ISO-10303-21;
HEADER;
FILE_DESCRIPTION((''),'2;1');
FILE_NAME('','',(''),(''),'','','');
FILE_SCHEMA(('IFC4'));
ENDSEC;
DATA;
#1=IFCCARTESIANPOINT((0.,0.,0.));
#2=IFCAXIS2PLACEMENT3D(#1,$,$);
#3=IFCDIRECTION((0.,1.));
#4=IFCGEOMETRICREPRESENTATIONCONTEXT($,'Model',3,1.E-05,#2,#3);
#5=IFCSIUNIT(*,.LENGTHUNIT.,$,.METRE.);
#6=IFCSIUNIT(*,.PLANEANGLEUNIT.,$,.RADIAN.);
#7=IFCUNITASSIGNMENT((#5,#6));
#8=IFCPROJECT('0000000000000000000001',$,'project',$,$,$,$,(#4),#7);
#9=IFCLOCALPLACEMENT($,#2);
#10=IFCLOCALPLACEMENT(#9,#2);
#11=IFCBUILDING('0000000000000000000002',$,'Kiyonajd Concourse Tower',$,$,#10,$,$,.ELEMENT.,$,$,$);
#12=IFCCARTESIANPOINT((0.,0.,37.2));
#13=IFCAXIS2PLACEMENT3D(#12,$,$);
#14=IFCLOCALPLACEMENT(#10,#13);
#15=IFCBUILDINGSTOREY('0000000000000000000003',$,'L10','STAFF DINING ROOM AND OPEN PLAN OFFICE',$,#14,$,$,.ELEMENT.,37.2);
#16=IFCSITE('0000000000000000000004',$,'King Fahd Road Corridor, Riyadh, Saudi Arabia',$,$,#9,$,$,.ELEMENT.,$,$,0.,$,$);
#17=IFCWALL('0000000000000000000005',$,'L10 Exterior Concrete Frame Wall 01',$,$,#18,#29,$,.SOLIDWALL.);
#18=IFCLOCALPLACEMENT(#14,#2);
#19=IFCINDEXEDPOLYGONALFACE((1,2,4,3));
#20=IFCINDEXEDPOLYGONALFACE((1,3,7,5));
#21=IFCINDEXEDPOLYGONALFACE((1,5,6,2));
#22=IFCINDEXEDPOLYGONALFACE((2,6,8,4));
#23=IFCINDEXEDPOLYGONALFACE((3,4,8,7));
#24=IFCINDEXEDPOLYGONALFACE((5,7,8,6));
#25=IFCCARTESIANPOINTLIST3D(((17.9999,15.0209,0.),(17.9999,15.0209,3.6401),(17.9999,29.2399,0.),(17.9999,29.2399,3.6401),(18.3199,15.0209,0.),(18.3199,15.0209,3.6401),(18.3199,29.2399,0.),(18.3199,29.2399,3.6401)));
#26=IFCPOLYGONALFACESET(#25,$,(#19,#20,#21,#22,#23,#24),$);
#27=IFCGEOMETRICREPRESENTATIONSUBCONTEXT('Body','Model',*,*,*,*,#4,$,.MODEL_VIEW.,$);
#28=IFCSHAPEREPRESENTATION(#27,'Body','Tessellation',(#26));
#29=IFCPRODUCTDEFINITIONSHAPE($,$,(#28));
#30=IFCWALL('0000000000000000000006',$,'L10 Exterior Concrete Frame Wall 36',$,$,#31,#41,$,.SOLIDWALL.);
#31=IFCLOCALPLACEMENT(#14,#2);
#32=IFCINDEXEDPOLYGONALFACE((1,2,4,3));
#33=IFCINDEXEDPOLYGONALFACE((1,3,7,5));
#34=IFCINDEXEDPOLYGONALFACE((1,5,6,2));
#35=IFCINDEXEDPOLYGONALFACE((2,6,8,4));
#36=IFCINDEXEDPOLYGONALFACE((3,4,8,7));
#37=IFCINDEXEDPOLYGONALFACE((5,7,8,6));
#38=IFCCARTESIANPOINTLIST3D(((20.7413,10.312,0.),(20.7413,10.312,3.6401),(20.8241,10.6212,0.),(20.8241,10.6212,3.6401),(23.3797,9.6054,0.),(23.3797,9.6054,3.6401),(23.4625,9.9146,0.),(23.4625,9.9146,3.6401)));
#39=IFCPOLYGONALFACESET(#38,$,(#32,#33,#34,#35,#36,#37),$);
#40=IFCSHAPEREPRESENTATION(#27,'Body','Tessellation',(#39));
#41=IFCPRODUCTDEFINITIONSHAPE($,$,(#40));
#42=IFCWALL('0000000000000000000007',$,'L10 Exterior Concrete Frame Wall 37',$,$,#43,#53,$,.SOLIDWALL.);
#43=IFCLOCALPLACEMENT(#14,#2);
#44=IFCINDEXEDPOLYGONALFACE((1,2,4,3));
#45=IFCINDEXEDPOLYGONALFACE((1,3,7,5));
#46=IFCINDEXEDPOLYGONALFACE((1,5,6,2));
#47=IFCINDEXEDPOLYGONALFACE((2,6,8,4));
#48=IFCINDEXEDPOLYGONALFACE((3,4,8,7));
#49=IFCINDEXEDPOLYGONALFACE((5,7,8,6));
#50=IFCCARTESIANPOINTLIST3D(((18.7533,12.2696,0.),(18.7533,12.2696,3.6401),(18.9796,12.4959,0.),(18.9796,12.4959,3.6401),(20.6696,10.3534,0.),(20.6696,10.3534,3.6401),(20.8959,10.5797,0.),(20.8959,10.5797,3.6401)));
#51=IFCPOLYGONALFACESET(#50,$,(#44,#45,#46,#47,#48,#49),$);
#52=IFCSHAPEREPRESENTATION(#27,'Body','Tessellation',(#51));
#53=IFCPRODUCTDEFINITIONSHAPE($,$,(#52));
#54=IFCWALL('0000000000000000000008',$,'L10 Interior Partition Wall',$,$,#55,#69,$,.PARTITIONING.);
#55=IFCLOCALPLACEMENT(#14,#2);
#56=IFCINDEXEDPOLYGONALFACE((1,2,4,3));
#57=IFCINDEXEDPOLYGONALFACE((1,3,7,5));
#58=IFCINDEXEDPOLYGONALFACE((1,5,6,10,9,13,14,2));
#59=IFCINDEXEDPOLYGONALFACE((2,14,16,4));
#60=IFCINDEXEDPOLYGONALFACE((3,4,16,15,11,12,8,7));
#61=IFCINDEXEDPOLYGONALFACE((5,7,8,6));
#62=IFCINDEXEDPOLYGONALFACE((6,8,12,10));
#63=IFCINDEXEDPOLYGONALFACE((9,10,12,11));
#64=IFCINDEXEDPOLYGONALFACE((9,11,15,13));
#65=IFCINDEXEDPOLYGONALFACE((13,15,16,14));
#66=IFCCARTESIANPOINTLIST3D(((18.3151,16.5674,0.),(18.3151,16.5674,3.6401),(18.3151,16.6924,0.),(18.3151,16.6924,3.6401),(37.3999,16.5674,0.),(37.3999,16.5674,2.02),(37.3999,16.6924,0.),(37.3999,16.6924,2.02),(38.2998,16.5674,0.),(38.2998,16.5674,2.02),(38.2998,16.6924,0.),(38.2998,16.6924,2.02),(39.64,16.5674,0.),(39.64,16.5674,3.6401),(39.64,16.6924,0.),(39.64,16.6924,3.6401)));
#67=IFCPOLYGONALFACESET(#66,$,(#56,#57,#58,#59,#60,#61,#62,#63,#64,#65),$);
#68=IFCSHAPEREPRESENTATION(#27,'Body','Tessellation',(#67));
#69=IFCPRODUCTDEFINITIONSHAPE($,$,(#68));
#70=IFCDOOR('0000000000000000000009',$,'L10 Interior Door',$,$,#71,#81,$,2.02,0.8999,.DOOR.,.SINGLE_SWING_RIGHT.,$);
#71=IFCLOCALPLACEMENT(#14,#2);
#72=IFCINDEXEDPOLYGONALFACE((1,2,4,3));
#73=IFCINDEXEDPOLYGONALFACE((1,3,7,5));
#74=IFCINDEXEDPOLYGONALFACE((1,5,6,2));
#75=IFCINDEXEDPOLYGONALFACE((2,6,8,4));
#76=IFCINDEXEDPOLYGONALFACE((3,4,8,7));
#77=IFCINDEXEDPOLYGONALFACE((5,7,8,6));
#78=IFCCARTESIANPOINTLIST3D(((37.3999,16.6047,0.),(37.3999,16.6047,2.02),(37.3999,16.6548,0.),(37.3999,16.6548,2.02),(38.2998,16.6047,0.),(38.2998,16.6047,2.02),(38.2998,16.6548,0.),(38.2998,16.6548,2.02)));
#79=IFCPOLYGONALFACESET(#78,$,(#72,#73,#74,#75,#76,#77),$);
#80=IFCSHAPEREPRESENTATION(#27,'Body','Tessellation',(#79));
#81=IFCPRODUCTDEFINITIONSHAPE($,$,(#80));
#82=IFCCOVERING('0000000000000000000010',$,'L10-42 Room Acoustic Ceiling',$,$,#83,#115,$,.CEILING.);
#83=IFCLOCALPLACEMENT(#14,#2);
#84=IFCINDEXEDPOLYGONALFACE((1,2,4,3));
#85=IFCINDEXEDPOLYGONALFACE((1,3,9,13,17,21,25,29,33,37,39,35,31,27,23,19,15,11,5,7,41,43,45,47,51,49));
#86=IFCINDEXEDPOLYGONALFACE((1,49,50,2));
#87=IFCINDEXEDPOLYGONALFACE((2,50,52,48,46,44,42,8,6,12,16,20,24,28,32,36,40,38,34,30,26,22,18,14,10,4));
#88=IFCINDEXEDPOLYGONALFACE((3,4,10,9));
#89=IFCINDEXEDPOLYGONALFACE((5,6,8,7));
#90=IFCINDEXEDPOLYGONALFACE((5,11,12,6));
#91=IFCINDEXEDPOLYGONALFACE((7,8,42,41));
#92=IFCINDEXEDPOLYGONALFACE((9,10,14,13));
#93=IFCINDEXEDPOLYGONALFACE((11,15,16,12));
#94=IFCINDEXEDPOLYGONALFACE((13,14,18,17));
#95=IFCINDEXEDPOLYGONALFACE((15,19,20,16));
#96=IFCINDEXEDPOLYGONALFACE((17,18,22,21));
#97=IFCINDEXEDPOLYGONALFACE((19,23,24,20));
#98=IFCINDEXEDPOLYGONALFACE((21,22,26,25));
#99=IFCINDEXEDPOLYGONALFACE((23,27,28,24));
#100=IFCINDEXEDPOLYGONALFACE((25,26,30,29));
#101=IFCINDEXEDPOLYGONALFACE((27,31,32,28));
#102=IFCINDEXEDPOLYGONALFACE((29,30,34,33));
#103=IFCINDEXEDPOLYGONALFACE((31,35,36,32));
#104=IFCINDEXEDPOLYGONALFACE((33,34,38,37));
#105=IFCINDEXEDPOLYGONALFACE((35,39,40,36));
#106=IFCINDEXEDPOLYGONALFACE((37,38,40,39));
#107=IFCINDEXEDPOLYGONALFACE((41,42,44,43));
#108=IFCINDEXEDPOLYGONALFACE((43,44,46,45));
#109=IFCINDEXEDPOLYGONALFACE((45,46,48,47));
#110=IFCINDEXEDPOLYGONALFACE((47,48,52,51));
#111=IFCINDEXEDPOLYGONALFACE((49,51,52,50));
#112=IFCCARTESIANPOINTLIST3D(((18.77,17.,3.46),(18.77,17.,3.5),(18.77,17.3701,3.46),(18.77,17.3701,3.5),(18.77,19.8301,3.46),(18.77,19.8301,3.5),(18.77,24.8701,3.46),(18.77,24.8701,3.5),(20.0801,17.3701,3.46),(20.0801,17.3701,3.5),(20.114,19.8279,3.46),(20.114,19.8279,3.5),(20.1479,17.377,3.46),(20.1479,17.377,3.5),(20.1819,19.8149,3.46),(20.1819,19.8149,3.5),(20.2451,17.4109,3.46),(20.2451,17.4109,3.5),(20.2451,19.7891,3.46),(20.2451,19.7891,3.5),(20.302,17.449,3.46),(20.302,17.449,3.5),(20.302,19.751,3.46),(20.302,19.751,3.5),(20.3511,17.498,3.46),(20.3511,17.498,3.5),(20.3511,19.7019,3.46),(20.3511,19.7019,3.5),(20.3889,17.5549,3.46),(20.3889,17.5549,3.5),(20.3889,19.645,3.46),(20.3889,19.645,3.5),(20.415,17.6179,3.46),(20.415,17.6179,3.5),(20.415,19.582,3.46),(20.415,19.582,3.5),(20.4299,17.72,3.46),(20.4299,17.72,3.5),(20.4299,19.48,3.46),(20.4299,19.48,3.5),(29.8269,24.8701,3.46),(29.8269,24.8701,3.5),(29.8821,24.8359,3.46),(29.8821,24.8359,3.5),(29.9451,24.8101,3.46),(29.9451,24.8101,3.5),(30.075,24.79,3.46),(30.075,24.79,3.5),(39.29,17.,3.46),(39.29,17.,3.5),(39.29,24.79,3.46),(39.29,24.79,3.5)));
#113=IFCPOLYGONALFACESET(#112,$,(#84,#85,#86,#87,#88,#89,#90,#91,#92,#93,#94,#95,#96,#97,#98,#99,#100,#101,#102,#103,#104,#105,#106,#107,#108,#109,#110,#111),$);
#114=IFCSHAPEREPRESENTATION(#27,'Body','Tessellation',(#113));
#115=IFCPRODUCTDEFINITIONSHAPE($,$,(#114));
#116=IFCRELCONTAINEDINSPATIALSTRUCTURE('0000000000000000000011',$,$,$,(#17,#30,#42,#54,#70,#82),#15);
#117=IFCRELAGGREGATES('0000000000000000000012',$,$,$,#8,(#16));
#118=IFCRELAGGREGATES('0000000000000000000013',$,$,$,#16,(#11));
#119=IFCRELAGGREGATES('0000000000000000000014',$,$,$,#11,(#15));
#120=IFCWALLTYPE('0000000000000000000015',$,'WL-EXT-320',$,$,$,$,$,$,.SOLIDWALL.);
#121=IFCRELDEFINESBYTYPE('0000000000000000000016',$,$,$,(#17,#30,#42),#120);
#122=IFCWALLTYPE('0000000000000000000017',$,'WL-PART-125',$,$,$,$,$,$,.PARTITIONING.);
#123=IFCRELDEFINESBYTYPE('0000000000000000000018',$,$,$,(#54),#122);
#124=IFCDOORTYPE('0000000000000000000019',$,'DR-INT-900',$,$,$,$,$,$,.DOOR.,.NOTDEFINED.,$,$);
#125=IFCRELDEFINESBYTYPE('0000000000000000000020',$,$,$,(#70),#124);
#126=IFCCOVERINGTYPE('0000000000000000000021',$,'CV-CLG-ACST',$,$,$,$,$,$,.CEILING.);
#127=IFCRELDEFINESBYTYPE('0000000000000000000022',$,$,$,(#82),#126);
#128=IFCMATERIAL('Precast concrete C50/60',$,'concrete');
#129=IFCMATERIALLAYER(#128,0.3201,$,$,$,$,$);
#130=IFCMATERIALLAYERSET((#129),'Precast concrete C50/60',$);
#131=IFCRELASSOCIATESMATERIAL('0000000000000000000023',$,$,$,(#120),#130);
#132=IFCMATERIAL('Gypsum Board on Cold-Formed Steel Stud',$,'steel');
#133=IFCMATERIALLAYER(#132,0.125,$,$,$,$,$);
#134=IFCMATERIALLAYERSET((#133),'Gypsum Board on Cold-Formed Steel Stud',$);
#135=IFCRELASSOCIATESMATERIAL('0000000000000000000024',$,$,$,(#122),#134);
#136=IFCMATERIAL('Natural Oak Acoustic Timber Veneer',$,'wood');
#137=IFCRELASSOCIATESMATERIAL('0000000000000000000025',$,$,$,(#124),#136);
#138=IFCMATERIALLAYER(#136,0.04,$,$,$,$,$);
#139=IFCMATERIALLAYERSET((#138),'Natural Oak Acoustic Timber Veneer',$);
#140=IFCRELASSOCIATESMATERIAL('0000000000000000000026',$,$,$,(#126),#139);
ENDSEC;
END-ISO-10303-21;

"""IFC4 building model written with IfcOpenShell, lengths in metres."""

from ifc_helpers import new_model, si_unit, direction, frame, frame_2d, origin, place, context, subcontext, project, spatial, polyline, rectangle, outline, extrude, material, layer, layer_set, type_object, element, fill, save


model = new_model("IFC4")

# Units and contexts
model_context = context("Model", 3, precision=1e-05, world=origin(), true_north=direction((0.0, 1.0)))
body_context = subcontext(model_context, "Body", "Model", "MODEL_VIEW")
ifc_project = project(units=[si_unit("LENGTHUNIT", "METRE"), si_unit("PLANEANGLEUNIT", "RADIAN")], contexts=[model_context])

# Site, building, storey
site_placement = place(None, origin())
site = spatial("IfcSite", under=ifc_project, at=site_placement, Name="King Fahd Road Corridor, Riyadh, Saudi Arabia", CompositionType="ELEMENT", RefElevation=0.0)
building_placement = place(site_placement, origin())
building = spatial("IfcBuilding", under=site, at=building_placement, Name="Kiyonajd Concourse Tower", CompositionType="ELEMENT")
storey_placement = place(building_placement, frame((0.0, 0.0, 37.2)))
storey = spatial("IfcBuildingStorey", under=building, at=storey_placement, Name="L10", Description="STAFF DINING ROOM AND OPEN PLAN OFFICE", CompositionType="ELEMENT", Elevation=37.2)

# Shared definitions
ifc_material_1 = material(Name="Precast concrete C50/60", Category="concrete")

# Walls
ifc_layer_1 = layer(ifc_material_1, 0.3201)
ifc_layer_set_1 = layer_set([ifc_layer_1], Name="Precast concrete C50/60")
wall_type_1 = type_object("IfcWallType", Name="WL-EXT-320", PredefinedType="SOLIDWALL", material=ifc_layer_set_1)
wall_1_placement = place(storey_placement, frame((18.1599, 15.021, 0.0), z_axis=(0.0, 0.0, 1.0), x_axis=(0.0, 1.0, 0.0)))
element("IfcWall", 1, at=wall_1_placement, inside=storey, type_object=wall_type_1, Name="L10 Exterior Concrete Frame Wall 01", PredefinedType="SOLIDWALL", context=body_context, shape_type="SweptSolid", body=[
    extrude(rectangle(XDim=14.219, YDim=0.3201, at=frame_2d((7.1094, 0.0))), origin(), (0.0, 0.0, 1.0), 3.6401),
])
wall_2_placement = place(storey_placement, frame((23.4211, 9.76, 0.0), z_axis=(0.0, 0.0, 1.0), x_axis=(-0.965964, 0.258675, 0.0)))
element("IfcWall", 2, at=wall_2_placement, inside=storey, type_object=wall_type_1, Name="L10 Exterior Concrete Frame Wall 36", PredefinedType="SOLIDWALL", context=body_context, shape_type="SweptSolid", body=[
    extrude(rectangle(XDim=2.7314, YDim=0.3201, at=frame_2d((1.3657, 0.0))), origin(), (0.0, 0.0, 1.0), 3.6401),
])
wall_3_placement = place(storey_placement, frame((20.7827, 10.4666, 0.0), z_axis=(0.0, 0.0, 1.0), x_axis=(-0.707107, 0.707107, 0.0)))
element("IfcWall", 3, at=wall_3_placement, inside=storey, type_object=wall_type_1, Name="L10 Exterior Concrete Frame Wall 37", PredefinedType="SOLIDWALL", context=body_context, shape_type="SweptSolid", body=[
    extrude(rectangle(XDim=2.71, YDim=0.3201, at=frame_2d((1.355, 0.0))), origin(), (0.0, 0.0, 1.0), 3.6401),
])

# Wall, opening, door
ifc_material_2 = material(Name="Gypsum Board on Cold-Formed Steel Stud", Category="steel")
ifc_layer_2 = layer(ifc_material_2, 0.125)
ifc_layer_set_2 = layer_set([ifc_layer_2], Name="Gypsum Board on Cold-Formed Steel Stud")
wall_type_2 = type_object("IfcWallType", Name="WL-PART-125", PredefinedType="PARTITIONING", material=ifc_layer_set_2)
wall_4_placement = place(storey_placement, frame((18.3149, 16.6299, 0.0), z_axis=(0.0, 0.0, 1.0), x_axis=(1.0, 0.0, 0.0)))
wall_4 = element("IfcWall", 4, at=wall_4_placement, inside=storey, type_object=wall_type_2, Name="L10 Interior Partition Wall", PredefinedType="PARTITIONING", context=body_context, shape_type="SweptSolid", body=[
    extrude(rectangle(XDim=21.325, YDim=0.125, at=frame_2d((10.6626, 0.0))), origin(), (0.0, 0.0, 1.0), 3.6401),
])
opening_placement = place(wall_4_placement, frame((19.085, 0.0, 0.0)))
opening = element("IfcOpeningElement", 5, at=opening_placement, cuts=wall_4, PredefinedType="OPENING", context=body_context, shape_type="SweptSolid", body=[
    extrude(rectangle(XDim=0.8999, YDim=2.02, at=frame_2d((0.45, 1.01))), frame((0.0, 0.0725, 0.0), z_axis=(0.0, -1.0, 0.0), x_axis=(1.0, 0.0, 0.0)), (0.0, 0.0, 1.0), 0.145),
])
ifc_material_3 = material(Name="Natural Oak Acoustic Timber Veneer", Category="wood")
door_type = type_object("IfcDoorType", Name="DR-INT-900", OperationType="NOTDEFINED", PredefinedType="DOOR", material=ifc_material_3)
door_placement = place(opening_placement, origin())
door = element("IfcDoor", 6, at=door_placement, inside=storey, type_object=door_type, Name="L10 Interior Door", OperationType="SINGLE_SWING_RIGHT", OverallHeight=2.02, OverallWidth=0.8999, PredefinedType="DOOR", context=body_context, shape_type="SweptSolid", body=[
    extrude(rectangle(XDim=0.8999, YDim=2.02, at=frame_2d((0.45, 1.01))), frame((0.0, 0.0249, 0.0), z_axis=(0.0, -1.0, 0.0), x_axis=(1.0, 0.0, 0.0)), (0.0, 0.0, 1.0), 0.05),
])
fill(opening, door)

# Covering
ifc_layer_3 = layer(ifc_material_3, 0.04)
ifc_layer_set_3 = layer_set([ifc_layer_3], Name="Natural Oak Acoustic Timber Veneer")
covering_type = type_object("IfcCoveringType", Name="CV-CLG-ACST", PredefinedType="CEILING", material=ifc_layer_set_3)
covering_1_placement = place(storey_placement, frame((0.0, 0.0, 3.46)))
element("IfcCovering", 7, at=covering_1_placement, inside=storey, type_object=covering_type, Name="L10-42 Room Acoustic Ceiling", PredefinedType="CEILING", context=body_context, shape_type="SweptSolid", body=[
    extrude(outline(polyline([(29.8269, 24.8701), (29.8821, 24.8359), (29.9451, 24.8101), (30.075, 24.79), (39.29, 24.79), (39.29, 17.0), (18.77, 17.0), (18.77, 17.3701), (20.0801, 17.3701), (20.1479, 17.377), (20.2451, 17.4109), (20.302, 17.449), (20.3511, 17.498), (20.3889, 17.5549), (20.415, 17.6179), (20.4299, 17.72), (20.4299, 19.48), (20.415, 19.582), (20.3889, 19.645), (20.3511, 19.7019), (20.302, 19.751), (20.2451, 19.7891), (20.1819, 19.8149), (20.114, 19.8279), (18.77, 19.8301), (18.77, 24.8701), (29.8269, 24.8701)])), origin(), (0.0, 0.0, 1.0), 0.04),
])

save(model, "model.ifc")
